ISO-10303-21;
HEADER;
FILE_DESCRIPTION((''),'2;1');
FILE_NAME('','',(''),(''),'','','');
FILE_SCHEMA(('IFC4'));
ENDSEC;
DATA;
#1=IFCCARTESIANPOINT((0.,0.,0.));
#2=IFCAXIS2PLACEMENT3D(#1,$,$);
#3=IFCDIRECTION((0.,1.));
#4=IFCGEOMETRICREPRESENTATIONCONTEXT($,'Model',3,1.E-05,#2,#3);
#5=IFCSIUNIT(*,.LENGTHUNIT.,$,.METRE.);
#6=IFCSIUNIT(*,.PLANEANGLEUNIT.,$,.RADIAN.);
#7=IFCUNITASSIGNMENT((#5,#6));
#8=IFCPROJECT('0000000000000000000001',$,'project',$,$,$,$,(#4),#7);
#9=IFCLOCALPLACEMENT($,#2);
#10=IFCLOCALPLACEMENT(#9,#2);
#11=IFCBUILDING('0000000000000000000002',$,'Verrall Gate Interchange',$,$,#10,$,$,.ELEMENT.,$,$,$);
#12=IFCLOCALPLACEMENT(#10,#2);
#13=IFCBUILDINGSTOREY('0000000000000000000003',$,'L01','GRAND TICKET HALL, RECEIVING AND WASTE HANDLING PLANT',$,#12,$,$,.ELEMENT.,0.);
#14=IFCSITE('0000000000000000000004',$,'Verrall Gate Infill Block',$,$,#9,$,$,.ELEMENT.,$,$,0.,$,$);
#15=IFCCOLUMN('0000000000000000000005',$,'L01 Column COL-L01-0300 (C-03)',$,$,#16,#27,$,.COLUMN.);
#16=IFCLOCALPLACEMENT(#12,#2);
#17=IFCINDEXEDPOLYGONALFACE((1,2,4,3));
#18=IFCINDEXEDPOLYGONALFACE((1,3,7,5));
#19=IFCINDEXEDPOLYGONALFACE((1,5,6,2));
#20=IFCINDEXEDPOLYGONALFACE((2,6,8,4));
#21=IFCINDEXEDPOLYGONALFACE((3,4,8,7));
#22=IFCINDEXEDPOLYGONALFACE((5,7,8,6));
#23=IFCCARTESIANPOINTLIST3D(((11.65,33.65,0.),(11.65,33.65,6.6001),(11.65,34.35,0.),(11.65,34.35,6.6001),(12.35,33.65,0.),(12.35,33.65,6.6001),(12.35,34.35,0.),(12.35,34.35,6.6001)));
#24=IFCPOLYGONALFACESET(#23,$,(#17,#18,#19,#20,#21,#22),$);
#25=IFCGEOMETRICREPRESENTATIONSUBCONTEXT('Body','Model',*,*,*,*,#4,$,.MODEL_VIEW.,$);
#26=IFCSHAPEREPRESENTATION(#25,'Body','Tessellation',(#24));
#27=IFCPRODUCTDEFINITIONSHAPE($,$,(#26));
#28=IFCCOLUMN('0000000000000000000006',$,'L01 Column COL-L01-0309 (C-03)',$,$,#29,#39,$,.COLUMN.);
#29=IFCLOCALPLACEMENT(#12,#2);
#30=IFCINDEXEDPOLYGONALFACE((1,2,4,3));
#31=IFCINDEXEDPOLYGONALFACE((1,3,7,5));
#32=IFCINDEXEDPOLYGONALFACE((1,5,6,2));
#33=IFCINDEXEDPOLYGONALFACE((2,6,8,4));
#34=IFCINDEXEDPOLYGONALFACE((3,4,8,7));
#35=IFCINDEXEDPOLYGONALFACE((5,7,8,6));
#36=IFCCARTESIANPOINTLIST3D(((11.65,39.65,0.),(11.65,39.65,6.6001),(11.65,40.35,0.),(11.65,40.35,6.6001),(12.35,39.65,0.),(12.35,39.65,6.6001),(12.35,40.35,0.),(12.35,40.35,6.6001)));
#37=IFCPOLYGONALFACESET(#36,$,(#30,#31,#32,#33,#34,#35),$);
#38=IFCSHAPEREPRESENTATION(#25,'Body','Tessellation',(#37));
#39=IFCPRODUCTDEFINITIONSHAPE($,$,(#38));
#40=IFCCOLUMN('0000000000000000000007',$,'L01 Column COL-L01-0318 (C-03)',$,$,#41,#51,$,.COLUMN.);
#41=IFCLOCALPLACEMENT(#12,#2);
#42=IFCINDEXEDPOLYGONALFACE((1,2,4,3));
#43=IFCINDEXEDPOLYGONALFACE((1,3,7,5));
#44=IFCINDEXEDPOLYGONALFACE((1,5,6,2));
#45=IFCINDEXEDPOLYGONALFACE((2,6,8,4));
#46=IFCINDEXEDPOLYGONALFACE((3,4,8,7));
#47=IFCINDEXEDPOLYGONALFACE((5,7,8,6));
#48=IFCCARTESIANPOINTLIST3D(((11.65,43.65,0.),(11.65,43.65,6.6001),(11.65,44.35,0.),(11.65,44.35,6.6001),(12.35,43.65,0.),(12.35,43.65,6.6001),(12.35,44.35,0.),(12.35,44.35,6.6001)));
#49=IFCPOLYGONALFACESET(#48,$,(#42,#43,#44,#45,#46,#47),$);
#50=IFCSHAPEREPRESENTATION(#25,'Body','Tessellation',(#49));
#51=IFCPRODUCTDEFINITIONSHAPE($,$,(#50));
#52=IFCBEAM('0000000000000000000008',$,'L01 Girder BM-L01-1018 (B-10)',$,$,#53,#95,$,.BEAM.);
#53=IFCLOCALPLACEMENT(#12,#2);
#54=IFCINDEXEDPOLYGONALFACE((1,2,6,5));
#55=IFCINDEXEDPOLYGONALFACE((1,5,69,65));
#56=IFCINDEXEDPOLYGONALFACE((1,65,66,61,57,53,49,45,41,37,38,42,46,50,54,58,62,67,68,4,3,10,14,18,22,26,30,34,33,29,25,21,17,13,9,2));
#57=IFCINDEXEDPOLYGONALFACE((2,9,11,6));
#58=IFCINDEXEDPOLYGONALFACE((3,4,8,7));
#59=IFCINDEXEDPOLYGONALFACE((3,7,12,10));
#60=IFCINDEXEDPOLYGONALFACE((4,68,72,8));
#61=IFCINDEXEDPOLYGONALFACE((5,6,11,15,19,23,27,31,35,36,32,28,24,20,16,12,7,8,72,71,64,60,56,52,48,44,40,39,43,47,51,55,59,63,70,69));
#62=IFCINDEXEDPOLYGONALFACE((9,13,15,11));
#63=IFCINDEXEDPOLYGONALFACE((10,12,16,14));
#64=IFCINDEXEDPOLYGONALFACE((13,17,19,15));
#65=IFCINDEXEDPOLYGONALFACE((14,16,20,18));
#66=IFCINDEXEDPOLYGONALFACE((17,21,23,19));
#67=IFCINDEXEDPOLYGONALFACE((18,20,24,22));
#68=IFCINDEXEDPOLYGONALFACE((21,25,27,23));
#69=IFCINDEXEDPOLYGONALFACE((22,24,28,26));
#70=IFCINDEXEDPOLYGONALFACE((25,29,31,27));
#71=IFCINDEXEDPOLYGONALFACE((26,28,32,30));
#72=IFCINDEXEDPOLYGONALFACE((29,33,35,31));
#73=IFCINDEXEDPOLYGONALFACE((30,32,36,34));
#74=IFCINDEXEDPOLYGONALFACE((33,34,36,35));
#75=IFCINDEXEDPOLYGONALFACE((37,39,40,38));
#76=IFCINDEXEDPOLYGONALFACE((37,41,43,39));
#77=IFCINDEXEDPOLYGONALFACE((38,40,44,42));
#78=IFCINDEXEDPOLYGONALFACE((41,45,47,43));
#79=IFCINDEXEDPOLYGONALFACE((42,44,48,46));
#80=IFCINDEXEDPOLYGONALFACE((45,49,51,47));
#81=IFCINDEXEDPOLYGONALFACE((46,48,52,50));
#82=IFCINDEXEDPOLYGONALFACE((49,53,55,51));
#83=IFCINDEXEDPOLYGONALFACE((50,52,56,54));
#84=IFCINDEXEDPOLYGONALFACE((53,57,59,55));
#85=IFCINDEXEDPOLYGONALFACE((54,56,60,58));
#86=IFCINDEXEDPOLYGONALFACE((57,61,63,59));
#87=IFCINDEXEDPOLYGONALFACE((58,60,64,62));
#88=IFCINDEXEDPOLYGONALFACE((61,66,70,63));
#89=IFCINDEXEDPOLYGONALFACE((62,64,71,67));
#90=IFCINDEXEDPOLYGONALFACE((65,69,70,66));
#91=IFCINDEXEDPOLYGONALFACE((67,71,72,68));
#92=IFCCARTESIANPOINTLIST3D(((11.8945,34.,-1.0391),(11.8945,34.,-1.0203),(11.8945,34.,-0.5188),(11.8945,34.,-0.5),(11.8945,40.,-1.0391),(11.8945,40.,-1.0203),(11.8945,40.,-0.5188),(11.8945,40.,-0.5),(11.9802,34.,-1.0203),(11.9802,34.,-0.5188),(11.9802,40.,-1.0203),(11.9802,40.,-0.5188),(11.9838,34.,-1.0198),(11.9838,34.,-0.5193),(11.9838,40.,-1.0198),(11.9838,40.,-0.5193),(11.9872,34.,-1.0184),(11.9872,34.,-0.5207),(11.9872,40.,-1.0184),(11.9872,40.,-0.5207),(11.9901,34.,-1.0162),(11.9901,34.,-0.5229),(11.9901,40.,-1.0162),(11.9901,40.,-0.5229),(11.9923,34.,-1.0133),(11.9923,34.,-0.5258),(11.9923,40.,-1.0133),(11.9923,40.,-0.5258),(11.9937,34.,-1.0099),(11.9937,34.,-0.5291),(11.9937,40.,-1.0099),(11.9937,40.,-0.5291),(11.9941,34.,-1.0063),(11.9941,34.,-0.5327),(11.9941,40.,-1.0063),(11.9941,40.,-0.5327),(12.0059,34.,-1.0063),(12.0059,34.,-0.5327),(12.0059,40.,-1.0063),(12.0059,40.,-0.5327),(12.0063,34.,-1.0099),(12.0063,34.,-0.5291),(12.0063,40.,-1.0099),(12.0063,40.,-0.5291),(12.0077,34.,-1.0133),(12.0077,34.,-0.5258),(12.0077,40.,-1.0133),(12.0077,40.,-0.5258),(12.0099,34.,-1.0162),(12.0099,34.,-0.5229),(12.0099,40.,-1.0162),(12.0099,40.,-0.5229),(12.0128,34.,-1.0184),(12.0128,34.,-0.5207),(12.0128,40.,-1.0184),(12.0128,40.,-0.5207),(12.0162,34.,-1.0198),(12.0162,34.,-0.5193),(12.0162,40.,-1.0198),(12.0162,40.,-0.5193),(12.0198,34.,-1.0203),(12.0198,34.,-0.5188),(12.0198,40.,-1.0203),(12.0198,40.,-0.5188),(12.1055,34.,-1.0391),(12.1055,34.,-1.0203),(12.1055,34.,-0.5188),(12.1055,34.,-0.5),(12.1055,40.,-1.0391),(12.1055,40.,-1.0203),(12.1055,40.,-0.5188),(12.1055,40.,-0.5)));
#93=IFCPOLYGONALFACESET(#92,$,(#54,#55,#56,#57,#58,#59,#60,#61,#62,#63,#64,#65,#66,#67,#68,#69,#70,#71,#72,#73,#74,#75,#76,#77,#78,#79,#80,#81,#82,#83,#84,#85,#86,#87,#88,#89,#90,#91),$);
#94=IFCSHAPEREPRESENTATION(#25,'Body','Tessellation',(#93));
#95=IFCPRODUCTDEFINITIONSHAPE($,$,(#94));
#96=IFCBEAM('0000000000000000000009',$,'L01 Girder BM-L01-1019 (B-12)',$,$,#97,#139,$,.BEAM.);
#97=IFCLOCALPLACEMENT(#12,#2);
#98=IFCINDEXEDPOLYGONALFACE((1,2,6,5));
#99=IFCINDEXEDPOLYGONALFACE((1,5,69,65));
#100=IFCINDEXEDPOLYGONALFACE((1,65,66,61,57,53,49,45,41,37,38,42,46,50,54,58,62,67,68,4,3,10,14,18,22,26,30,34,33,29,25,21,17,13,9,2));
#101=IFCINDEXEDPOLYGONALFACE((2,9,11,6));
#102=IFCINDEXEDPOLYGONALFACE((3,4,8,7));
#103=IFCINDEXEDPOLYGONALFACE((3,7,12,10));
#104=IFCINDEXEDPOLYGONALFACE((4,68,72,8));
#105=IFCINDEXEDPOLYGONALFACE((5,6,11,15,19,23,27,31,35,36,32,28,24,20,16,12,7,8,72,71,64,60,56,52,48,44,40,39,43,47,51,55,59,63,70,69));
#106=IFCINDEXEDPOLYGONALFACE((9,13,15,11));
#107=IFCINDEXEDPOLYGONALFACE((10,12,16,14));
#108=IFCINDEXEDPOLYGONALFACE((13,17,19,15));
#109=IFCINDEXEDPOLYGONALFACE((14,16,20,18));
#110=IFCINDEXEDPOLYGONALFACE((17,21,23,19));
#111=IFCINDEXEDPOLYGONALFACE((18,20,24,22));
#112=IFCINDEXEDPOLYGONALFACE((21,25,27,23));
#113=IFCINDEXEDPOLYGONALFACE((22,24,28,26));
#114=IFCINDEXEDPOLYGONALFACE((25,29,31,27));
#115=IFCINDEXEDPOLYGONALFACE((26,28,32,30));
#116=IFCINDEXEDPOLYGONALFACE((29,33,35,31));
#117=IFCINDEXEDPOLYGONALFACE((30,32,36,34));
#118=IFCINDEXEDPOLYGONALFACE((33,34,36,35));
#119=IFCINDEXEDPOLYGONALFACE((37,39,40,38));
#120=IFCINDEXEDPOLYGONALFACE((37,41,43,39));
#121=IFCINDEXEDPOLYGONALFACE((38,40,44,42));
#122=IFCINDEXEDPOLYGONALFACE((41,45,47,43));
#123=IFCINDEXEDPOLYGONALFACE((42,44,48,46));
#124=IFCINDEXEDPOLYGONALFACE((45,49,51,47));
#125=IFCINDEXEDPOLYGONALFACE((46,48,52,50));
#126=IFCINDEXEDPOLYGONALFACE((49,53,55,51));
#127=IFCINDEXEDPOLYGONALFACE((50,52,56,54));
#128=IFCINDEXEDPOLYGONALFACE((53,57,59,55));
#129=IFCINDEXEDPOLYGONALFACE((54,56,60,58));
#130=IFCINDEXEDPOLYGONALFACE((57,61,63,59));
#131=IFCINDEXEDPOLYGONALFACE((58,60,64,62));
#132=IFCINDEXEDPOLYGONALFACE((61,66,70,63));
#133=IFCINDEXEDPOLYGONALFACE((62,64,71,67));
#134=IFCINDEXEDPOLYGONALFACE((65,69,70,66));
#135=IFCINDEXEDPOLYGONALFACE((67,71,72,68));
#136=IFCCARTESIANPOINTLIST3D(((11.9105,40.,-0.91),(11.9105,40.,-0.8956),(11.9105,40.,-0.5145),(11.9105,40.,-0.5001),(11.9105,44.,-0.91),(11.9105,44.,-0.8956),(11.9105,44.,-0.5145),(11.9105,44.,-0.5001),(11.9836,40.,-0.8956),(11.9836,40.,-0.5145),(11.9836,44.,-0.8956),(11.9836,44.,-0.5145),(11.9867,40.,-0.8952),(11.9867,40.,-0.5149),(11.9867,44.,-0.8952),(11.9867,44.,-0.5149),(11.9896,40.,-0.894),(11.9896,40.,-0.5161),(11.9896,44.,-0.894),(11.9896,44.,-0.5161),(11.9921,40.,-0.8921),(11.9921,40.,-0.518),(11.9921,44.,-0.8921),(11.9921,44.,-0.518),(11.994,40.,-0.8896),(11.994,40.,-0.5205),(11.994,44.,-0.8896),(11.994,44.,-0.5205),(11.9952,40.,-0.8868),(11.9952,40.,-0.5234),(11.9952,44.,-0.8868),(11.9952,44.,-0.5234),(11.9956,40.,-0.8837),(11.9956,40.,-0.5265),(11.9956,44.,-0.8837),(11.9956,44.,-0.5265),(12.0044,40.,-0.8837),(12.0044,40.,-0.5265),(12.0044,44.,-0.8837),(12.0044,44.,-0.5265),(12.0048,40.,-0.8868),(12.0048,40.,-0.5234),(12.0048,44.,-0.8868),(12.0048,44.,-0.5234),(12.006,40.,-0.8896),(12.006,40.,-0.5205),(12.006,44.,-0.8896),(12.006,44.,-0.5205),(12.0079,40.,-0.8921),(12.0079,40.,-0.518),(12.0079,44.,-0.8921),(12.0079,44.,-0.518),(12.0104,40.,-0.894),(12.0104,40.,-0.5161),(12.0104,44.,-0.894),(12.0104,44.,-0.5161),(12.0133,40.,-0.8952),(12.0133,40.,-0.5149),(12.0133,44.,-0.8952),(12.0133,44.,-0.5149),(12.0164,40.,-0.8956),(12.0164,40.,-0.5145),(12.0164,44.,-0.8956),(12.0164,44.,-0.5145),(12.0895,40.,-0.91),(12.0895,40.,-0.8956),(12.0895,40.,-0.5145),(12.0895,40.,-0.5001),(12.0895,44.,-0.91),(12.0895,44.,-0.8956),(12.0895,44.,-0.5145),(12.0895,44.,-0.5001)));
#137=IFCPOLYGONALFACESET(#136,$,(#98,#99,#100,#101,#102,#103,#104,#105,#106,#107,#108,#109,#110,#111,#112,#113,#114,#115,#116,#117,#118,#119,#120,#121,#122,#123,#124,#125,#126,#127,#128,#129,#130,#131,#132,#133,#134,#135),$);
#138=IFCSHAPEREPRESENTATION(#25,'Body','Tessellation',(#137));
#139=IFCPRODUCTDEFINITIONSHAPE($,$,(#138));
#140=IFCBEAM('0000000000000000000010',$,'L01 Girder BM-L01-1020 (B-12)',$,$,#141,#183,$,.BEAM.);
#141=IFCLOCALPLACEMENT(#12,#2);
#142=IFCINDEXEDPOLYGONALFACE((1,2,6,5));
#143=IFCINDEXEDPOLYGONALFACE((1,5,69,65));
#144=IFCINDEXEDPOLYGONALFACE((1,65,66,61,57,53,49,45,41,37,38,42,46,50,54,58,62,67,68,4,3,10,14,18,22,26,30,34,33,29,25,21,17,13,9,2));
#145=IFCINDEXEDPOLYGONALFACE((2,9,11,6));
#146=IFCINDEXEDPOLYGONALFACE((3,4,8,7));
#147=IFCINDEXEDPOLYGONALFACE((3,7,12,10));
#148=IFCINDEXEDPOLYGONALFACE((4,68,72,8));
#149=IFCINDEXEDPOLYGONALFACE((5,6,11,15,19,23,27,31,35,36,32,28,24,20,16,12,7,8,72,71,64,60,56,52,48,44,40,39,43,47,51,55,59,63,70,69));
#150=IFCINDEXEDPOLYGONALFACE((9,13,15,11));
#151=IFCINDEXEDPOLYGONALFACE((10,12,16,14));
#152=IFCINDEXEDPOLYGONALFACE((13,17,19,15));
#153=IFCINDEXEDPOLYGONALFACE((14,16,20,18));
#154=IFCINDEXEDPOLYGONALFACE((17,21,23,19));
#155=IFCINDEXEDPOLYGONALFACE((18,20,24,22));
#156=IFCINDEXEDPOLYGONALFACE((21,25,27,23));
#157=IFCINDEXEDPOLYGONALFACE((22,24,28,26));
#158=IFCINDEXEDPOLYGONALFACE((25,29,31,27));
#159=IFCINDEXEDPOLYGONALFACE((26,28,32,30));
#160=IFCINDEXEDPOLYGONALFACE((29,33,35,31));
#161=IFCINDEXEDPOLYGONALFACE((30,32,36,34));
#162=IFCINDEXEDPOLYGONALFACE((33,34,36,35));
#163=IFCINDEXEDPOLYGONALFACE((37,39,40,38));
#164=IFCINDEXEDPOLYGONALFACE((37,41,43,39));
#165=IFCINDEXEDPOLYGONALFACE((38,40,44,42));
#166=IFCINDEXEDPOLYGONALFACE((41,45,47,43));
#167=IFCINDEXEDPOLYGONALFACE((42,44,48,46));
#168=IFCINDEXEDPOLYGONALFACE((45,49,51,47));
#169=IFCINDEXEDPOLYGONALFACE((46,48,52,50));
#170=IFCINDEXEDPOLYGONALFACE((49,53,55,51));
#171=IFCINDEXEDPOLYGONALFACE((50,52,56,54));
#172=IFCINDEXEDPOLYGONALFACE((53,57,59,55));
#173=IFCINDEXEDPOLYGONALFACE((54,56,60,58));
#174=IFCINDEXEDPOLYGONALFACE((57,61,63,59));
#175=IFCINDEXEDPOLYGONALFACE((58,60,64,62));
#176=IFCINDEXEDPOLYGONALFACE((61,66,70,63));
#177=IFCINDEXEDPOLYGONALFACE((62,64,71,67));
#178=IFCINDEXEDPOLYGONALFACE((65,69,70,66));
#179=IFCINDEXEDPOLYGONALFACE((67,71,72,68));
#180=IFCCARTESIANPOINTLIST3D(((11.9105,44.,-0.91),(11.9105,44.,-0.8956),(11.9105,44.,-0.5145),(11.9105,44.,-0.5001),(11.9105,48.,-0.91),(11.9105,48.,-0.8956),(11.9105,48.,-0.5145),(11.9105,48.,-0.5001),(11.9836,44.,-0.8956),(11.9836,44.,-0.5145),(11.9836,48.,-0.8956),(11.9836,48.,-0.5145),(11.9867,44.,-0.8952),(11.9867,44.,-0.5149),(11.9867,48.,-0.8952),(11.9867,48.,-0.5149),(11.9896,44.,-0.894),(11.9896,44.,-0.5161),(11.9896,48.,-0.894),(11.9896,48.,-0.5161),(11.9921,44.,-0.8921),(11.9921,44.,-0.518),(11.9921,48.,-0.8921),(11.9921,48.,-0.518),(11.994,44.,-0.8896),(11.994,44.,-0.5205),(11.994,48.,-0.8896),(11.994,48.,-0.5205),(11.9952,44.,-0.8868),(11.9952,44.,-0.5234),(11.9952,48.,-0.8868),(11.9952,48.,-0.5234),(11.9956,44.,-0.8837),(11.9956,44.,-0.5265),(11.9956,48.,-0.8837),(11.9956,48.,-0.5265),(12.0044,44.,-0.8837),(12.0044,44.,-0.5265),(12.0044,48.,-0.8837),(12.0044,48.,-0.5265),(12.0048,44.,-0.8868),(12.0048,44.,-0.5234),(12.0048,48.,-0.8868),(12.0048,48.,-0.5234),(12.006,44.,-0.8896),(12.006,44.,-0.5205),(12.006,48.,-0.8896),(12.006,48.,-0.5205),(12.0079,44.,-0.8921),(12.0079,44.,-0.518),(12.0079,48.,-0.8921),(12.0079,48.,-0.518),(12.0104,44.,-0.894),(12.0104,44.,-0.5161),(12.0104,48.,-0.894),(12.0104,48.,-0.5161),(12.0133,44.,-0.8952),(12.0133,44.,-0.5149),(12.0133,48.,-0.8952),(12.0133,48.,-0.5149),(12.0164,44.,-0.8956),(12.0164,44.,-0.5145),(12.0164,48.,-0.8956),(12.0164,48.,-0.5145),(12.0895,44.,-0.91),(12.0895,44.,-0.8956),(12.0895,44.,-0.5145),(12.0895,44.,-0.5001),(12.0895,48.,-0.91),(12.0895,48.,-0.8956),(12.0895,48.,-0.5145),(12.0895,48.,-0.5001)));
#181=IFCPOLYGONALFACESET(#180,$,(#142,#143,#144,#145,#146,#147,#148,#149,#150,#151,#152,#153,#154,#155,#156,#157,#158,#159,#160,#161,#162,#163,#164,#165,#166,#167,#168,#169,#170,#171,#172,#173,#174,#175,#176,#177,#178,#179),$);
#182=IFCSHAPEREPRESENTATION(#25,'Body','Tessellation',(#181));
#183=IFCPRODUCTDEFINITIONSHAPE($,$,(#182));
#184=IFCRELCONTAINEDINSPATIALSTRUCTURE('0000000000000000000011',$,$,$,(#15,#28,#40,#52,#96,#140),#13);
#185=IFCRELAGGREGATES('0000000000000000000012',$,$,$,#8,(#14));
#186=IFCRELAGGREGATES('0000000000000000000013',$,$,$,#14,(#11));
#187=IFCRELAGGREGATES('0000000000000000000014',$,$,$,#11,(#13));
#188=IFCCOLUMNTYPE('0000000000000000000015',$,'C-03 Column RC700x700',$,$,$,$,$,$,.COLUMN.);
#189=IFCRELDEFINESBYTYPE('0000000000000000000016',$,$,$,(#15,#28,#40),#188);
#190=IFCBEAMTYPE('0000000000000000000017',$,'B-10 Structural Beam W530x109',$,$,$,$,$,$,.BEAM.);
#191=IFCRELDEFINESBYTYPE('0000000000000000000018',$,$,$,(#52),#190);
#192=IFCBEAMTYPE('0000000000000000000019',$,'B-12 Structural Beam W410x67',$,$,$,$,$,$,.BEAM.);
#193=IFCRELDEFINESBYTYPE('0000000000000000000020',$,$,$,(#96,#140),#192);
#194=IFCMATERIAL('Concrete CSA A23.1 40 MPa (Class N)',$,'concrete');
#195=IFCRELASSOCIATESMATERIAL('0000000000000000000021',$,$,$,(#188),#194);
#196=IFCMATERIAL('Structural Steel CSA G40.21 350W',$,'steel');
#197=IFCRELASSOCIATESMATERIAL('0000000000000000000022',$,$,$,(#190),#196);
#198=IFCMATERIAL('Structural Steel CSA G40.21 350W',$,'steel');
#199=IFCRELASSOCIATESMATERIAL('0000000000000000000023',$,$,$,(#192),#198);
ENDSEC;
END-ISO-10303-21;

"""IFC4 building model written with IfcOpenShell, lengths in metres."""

from ifc_helpers import new_model, si_unit, direction, frame, origin, origin_2d, place, context, subcontext, project, spatial, rectangle, i_section, extrude, material, material_profile, profile_set, type_object, element, save


model = new_model("IFC4")

# Units and contexts
model_context = context("Model", 3, precision=1e-05, world=origin(), true_north=direction((0.0, 1.0)))
body_context = subcontext(model_context, "Body", "Model", "MODEL_VIEW")
ifc_project = project(units=[si_unit("LENGTHUNIT", "METRE"), si_unit("PLANEANGLEUNIT", "RADIAN")], contexts=[model_context])

# Site, building, storey
site_placement = place(None, origin())
site = spatial("IfcSite", under=ifc_project, at=site_placement, Name="Verrall Gate Infill Block", CompositionType="ELEMENT", RefElevation=0.0)
building_placement = place(site_placement, origin())
building = spatial("IfcBuilding", under=site, at=building_placement, Name="Verrall Gate Interchange", CompositionType="ELEMENT")
storey_placement = place(building_placement, origin())
storey = spatial("IfcBuildingStorey", under=building, at=storey_placement, Name="L01", Description="GRAND TICKET HALL, RECEIVING AND WASTE HANDLING PLANT", CompositionType="ELEMENT", Elevation=0.0)

# Columns
ifc_material_1 = material(Name="Concrete CSA A23.1 40 MPa (Class N)", Category="concrete")
ifc_material_profile_1 = material_profile(ifc_material_1, rectangle(XDim=0.7, YDim=0.7, at=origin_2d()), Name="RC700x700")
ifc_profile_set_1 = profile_set([ifc_material_profile_1], Name="Concrete CSA A23.1 40 MPa (Class N)")
column_type = type_object("IfcColumnType", Name="C-03 Column RC700x700", PredefinedType="COLUMN", material=ifc_profile_set_1)
for number, where, z_axis, x_axis, name in (
    (1, (12.0, 34.0, 0.0), (0.0, 0.0, 1.0), (1.0, 0.0, 0.0), "L01 Column COL-L01-0300 (C-03)"),
    (2, (12.0, 40.0, 0.0), (0.0, 0.0, 1.0), (1.0, 0.0, 0.0), "L01 Column COL-L01-0309 (C-03)"),
    (3, (12.0, 44.0, 0.0), (0.0, 0.0, 1.0), (1.0, 0.0, 0.0), "L01 Column COL-L01-0318 (C-03)"),
):
    element("IfcColumn", number, at=place(storey_placement, frame(where, z_axis=z_axis, x_axis=x_axis)), inside=storey, type_object=column_type, Name=name, PredefinedType="COLUMN", context=body_context, shape_type="SweptSolid", body=[
        extrude(rectangle(XDim=0.7, YDim=0.7, at=origin_2d()), origin(), (0.0, 0.0, 1.0), 6.6001),
    ])

# Beams
ifc_material_2 = material(Name="Structural Steel CSA G40.21 350W", Category="steel")
ifc_material_profile_2 = material_profile(ifc_material_2, i_section(OverallWidth=0.2109, OverallDepth=0.5391, WebThickness=0.0117, FlangeThickness=0.0188, FilletRadius=0.0139, at=origin_2d()), Name="W530x109")
ifc_profile_set_2 = profile_set([ifc_material_profile_2], Name="Structural Steel CSA G40.21 350W")
beam_type_1 = type_object("IfcBeamType", Name="B-10 Structural Beam W530x109", PredefinedType="BEAM", material=ifc_profile_set_2)
beam_1_placement = place(storey_placement, frame((12.0, 34.0, -0.7695), z_axis=(0.0, 1.0, 0.0), x_axis=(-1.0, 0.0, 0.0)))
element("IfcBeam", 4, at=beam_1_placement, inside=storey, type_object=beam_type_1, Name="L01 Girder BM-L01-1018 (B-10)", PredefinedType="BEAM", context=body_context, shape_type="SweptSolid", body=[
    extrude(i_section(OverallWidth=0.2109, OverallDepth=0.5391, WebThickness=0.0117, FlangeThickness=0.0188, FilletRadius=0.0139, at=origin_2d()), origin(), (0.0, 0.0, 1.0), 6.0),
])
ifc_material_3 = material(Name="Structural Steel CSA G40.21 350W", Category="steel")
ifc_material_profile_3 = material_profile(ifc_material_3, i_section(OverallWidth=0.179, OverallDepth=0.4099, WebThickness=0.0088, FlangeThickness=0.0144, FilletRadius=0.012, at=origin_2d()), Name="W410x67")
ifc_profile_set_3 = profile_set([ifc_material_profile_3], Name="Structural Steel CSA G40.21 350W")
beam_type_2 = type_object("IfcBeamType", Name="B-12 Structural Beam W410x67", PredefinedType="BEAM", material=ifc_profile_set_3)
for number, where, z_axis, x_axis, name in (
    (5, (12.0, 40.0, -0.7051), (0.0, 1.0, 0.0), (-1.0, 0.0, 0.0), "L01 Girder BM-L01-1019 (B-12)"),
    (6, (12.0, 44.0, -0.7051), (0.0, 1.0, 0.0), (-1.0, 0.0, 0.0), "L01 Girder BM-L01-1020 (B-12)"),
):
    element("IfcBeam", number, at=place(storey_placement, frame(where, z_axis=z_axis, x_axis=x_axis)), inside=storey, type_object=beam_type_2, Name=name, PredefinedType="BEAM", context=body_context, shape_type="SweptSolid", body=[
        extrude(i_section(OverallWidth=0.179, OverallDepth=0.4099, WebThickness=0.0088, FlangeThickness=0.0144, FilletRadius=0.012, at=origin_2d()), origin(), (0.0, 0.0, 1.0), 4.0),
    ])

save(model, "model.ifc")
